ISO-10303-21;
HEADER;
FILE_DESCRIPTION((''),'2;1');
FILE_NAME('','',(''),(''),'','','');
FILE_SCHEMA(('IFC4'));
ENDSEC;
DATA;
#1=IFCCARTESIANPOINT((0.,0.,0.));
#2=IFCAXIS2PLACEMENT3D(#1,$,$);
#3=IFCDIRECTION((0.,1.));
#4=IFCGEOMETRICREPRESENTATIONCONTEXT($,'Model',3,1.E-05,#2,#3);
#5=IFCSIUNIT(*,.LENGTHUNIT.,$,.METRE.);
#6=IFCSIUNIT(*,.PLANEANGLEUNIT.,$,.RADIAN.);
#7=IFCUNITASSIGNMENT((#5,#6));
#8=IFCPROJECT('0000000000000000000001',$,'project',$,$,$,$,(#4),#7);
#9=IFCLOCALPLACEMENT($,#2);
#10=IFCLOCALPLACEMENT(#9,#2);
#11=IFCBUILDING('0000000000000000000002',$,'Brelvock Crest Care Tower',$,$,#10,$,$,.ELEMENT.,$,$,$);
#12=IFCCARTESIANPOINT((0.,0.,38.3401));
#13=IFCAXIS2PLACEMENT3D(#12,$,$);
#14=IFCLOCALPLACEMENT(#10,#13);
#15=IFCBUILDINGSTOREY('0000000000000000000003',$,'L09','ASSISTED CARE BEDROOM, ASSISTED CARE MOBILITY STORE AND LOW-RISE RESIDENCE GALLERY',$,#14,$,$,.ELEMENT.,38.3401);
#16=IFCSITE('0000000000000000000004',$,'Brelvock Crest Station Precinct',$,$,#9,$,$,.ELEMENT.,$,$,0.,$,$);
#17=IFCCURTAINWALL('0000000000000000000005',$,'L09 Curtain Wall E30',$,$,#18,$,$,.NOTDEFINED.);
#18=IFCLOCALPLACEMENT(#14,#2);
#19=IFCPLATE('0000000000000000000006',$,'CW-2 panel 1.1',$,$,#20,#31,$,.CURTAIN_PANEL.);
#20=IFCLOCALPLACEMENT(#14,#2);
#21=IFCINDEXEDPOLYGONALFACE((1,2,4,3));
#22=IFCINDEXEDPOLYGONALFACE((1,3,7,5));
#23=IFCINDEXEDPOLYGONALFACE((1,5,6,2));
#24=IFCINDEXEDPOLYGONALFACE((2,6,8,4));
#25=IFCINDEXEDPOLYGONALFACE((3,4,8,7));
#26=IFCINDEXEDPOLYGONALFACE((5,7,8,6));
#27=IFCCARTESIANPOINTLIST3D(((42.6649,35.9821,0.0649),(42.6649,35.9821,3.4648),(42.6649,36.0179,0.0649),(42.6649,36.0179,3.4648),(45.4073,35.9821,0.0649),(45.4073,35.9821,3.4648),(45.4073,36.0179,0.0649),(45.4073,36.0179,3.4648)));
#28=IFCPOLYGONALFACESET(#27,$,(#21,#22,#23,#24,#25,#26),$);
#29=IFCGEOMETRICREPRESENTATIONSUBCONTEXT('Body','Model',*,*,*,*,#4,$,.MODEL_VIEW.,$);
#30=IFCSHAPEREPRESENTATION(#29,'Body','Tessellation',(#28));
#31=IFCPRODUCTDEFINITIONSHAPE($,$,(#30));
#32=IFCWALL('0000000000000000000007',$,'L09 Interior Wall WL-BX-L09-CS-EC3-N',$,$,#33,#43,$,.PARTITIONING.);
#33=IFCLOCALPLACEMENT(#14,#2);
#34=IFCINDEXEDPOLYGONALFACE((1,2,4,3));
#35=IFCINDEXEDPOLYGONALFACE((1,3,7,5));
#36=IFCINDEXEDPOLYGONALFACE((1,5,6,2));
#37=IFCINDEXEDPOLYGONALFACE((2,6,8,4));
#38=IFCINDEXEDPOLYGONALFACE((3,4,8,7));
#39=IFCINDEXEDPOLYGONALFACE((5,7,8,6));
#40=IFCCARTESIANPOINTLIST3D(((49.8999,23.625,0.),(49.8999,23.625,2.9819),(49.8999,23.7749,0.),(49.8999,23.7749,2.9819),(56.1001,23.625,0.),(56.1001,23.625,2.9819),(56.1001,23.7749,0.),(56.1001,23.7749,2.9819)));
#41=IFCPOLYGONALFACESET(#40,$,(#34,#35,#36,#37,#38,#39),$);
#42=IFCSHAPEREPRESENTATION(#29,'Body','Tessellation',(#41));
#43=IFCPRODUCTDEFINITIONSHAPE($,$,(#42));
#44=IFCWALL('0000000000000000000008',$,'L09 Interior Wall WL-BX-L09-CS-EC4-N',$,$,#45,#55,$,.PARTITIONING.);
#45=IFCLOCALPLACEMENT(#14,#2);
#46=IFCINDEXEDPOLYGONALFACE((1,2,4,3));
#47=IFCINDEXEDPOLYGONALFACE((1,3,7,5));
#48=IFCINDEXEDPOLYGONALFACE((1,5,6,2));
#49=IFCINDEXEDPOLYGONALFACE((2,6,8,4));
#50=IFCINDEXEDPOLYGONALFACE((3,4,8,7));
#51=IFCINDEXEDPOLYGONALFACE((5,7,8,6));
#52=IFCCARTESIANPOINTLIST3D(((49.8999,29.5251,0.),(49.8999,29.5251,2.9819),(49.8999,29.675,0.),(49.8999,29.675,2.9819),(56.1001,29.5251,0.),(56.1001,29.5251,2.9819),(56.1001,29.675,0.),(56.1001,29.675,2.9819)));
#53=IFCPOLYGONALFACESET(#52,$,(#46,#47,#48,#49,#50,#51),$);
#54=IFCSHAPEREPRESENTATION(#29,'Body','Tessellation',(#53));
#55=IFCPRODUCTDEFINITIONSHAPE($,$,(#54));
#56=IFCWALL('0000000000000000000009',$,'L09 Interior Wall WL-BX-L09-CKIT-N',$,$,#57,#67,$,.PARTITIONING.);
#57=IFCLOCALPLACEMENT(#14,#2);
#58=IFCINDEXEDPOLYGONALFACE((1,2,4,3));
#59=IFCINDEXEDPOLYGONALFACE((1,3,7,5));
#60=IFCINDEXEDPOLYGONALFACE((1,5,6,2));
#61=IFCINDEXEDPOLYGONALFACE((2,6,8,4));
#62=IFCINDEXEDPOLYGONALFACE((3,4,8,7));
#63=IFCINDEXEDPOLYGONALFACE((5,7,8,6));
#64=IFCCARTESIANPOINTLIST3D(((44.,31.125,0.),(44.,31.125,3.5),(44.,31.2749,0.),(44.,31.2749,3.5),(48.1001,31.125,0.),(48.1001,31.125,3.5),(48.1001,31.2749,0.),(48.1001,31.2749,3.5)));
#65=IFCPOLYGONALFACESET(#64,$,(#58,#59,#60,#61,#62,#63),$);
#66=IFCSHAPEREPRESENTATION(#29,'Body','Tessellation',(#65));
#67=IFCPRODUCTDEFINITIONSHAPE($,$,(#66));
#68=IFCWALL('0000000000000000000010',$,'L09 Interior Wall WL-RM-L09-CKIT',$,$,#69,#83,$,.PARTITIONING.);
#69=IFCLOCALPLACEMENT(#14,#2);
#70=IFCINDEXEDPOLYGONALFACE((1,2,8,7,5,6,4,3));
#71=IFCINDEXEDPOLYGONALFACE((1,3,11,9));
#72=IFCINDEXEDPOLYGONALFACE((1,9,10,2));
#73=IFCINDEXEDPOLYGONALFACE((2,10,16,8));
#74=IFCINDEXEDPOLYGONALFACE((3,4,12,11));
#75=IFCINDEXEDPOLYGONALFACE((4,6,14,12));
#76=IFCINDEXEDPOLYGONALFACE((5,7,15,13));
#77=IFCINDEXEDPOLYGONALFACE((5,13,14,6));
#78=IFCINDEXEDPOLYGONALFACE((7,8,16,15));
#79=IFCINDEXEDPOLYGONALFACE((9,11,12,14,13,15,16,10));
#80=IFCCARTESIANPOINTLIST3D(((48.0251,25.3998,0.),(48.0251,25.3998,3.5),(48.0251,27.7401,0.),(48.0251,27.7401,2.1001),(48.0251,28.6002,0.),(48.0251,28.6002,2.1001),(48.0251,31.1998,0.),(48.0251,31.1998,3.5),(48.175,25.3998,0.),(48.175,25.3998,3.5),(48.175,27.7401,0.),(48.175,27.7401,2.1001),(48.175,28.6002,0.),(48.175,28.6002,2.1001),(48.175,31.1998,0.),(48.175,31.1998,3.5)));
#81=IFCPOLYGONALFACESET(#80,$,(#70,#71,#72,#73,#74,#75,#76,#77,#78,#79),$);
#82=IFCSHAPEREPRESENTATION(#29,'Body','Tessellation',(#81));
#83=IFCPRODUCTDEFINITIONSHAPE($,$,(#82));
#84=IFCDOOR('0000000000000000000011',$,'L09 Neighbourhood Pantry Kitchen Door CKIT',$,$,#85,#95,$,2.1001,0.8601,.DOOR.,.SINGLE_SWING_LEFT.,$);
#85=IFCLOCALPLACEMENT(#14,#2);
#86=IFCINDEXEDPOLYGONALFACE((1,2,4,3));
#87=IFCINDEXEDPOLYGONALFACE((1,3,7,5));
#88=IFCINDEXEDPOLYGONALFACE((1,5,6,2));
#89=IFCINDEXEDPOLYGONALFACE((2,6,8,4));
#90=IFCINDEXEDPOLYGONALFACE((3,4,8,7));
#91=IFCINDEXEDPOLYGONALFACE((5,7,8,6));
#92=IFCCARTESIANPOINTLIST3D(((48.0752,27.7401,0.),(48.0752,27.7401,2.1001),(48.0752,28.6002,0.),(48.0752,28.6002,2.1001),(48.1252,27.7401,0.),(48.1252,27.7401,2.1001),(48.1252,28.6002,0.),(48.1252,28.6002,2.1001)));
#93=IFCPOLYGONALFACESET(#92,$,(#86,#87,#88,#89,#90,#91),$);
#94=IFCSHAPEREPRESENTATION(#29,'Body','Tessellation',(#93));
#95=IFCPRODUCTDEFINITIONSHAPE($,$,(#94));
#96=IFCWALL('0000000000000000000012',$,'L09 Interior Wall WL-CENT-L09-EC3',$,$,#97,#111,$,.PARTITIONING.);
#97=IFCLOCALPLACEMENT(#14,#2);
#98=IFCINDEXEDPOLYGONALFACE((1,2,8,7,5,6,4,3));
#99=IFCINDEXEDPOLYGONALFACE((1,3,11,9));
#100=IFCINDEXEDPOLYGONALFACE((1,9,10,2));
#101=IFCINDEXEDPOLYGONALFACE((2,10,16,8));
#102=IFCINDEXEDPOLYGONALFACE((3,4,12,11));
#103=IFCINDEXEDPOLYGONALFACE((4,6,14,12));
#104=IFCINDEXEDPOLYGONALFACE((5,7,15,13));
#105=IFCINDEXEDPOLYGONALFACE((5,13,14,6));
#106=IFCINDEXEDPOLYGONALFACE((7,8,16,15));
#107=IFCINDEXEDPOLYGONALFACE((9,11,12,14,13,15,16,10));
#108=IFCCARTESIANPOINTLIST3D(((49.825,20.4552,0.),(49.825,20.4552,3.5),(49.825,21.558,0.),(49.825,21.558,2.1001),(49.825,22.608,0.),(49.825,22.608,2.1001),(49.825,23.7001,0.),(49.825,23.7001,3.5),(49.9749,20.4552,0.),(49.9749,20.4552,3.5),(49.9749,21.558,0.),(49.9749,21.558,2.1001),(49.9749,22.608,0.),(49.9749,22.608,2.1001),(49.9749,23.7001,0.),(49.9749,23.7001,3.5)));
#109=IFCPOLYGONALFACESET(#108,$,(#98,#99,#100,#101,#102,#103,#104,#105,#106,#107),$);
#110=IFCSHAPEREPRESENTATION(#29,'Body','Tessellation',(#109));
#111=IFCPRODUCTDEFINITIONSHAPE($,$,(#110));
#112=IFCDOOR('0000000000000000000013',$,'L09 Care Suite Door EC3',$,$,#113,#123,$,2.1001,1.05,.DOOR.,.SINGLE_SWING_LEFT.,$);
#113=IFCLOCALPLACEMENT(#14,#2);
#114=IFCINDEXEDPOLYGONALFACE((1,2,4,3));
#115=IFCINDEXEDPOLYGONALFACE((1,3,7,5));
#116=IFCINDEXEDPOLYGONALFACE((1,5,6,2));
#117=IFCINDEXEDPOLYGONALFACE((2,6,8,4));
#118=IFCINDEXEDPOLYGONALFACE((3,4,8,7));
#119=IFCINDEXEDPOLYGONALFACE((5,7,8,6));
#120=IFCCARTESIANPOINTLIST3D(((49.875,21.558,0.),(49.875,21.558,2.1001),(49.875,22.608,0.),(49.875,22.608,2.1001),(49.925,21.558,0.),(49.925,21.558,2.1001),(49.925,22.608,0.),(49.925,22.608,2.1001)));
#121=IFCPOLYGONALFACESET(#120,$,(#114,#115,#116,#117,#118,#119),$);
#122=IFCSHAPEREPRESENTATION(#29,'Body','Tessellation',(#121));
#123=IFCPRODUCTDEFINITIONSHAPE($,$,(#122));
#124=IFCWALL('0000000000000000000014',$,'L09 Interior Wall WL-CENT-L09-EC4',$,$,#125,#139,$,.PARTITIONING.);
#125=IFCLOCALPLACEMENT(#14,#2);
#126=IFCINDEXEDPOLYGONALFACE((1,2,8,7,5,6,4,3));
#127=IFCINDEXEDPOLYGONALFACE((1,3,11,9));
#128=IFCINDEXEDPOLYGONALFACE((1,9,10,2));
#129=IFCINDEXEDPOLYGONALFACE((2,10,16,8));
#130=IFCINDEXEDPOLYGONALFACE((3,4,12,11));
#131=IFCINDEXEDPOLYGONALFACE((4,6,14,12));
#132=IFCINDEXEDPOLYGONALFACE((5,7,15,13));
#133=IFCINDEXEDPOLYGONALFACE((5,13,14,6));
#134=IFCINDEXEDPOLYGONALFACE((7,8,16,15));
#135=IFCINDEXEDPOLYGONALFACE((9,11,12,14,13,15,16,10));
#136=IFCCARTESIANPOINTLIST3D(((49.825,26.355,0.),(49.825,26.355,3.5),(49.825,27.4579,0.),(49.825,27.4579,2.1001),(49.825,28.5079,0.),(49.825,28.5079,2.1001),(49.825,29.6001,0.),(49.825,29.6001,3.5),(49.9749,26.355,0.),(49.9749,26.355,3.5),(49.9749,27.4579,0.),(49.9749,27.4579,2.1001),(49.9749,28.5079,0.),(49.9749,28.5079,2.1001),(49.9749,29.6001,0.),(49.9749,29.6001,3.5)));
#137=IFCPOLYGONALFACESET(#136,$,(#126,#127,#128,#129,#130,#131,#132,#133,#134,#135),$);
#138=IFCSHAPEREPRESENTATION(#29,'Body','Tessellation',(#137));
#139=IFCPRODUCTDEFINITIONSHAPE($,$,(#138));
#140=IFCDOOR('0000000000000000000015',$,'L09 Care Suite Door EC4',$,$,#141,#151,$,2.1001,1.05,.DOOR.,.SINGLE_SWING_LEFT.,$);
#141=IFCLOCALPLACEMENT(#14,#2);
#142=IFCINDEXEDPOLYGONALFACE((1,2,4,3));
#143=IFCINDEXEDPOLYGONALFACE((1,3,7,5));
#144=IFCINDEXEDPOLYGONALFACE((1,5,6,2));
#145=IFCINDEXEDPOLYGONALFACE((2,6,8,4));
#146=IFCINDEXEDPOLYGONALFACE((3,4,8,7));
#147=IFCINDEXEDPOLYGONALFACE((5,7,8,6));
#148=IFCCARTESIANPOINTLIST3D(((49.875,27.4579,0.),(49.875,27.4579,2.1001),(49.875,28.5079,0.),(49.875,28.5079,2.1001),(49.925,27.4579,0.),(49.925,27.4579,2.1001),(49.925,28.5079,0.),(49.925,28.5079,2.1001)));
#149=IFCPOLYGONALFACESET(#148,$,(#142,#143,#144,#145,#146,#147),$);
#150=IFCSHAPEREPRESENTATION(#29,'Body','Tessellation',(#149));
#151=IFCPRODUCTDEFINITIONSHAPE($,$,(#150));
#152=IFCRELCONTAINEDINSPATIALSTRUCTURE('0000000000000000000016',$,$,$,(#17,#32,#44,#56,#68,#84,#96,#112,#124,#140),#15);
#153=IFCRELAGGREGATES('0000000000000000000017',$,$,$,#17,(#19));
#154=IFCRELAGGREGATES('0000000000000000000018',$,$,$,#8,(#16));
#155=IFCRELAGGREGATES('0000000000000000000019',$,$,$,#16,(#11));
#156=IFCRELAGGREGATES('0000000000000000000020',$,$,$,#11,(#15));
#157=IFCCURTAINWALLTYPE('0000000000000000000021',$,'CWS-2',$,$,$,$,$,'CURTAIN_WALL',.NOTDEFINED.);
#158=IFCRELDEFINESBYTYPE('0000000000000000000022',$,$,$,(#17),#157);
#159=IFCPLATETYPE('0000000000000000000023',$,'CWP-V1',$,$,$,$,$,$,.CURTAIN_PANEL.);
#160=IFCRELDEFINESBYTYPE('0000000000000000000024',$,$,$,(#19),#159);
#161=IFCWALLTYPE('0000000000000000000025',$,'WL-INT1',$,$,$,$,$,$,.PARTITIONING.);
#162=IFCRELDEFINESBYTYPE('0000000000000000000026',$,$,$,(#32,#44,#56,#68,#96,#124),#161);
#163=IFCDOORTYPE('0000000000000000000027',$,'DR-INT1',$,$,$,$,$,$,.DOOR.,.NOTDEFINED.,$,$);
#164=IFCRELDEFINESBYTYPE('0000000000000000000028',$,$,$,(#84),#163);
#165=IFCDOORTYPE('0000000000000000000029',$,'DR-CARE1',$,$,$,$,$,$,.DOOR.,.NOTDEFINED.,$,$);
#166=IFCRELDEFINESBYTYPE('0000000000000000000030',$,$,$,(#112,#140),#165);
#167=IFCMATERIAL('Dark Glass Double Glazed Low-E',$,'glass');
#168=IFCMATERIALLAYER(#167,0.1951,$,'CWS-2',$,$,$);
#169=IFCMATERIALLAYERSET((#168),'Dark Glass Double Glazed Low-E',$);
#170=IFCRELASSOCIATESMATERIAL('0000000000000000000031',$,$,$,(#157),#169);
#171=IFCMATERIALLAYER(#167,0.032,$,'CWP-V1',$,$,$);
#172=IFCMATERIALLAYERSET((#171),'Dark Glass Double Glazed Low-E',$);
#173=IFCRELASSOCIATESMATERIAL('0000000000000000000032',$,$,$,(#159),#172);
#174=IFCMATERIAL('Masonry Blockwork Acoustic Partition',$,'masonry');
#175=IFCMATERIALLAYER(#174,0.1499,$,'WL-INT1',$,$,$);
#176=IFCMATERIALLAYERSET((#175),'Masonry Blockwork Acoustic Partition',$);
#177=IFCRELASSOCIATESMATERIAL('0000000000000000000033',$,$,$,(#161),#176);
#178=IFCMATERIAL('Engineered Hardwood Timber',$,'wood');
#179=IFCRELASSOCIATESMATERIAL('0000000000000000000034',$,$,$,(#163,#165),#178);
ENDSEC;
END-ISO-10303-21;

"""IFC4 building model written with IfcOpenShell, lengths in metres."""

from ifc_helpers import new_model, si_unit, direction, frame, frame_2d, origin, origin_2d, place, context, subcontext, project, spatial, rectangle, extrude, source, transform, mapped, material, layer, layer_set, type_object, element, fill, aggregate, save


model = new_model("IFC4")

# Units and contexts
model_context = context("Model", 3, precision=1e-05, world=origin(), true_north=direction((0.0, 1.0)))
body_context = subcontext(model_context, "Body", "Model", "MODEL_VIEW")
ifc_project = project(units=[si_unit("LENGTHUNIT", "METRE"), si_unit("PLANEANGLEUNIT", "RADIAN")], contexts=[model_context])

# Site, building, storey
site_placement = place(None, origin())
site = spatial("IfcSite", under=ifc_project, at=site_placement, Name="Brelvock Crest Station Precinct", CompositionType="ELEMENT", RefElevation=0.0)
building_placement = place(site_placement, origin())
building = spatial("IfcBuilding", under=site, at=building_placement, Name="Brelvock Crest Care Tower", CompositionType="ELEMENT")
storey_placement = place(building_placement, frame((0.0, 0.0, 38.3401)))
storey = spatial("IfcBuildingStorey", under=building, at=storey_placement, Name="L09", Description="ASSISTED CARE BEDROOM, ASSISTED CARE MOBILITY STORE AND LOW-RISE RESIDENCE GALLERY", CompositionType="ELEMENT", Elevation=38.3401)

# Curtain wall, plate
ifc_material_1 = material(Name="Dark Glass Double Glazed Low-E", Category="glass")
ifc_layer_1 = layer(ifc_material_1, 0.1951, Name="CWS-2")
ifc_layer_set_1 = layer_set([ifc_layer_1], Name="Dark Glass Double Glazed Low-E")
curtain_wall_type = type_object("IfcCurtainWallType", Name="CWS-2", ElementType="CURTAIN_WALL", PredefinedType="NOTDEFINED", material=ifc_layer_set_1)
curtain_wall_placement = place(storey_placement, origin())
curtain_wall = element("IfcCurtainWall", 1, at=curtain_wall_placement, inside=storey, type_object=curtain_wall_type, Name="L09 Curtain Wall E30", PredefinedType="NOTDEFINED")
ifc_layer_2 = layer(ifc_material_1, 0.032, Name="CWP-V1")
ifc_layer_set_2 = layer_set([ifc_layer_2], Name="Dark Glass Double Glazed Low-E")
plate_type = type_object("IfcPlateType", Name="CWP-V1", PredefinedType="CURTAIN_PANEL", material=ifc_layer_set_2)
shared_shape_1 = source(origin(), body_context, "Body", "SweptSolid", [
    extrude(rectangle(XDim=2.7424, YDim=0.0359, at=origin_2d()), origin(), (0.0, 0.0, 1.0), 3.3999),
])
plate_placement = place(storey_placement, frame((44.0361, 36.0, 0.0649), z_axis=(0.0, 0.0, 1.0), x_axis=(1.0, 0.0, 0.0)))
plate = element("IfcPlate", 2, at=plate_placement, type_object=plate_type, Name="CW-2 panel 1.1", PredefinedType="CURTAIN_PANEL", context=body_context, shape_type="MappedRepresentation", body=[
    mapped(shared_shape_1, transform((0.0, 0.0, 0.0), x_axis=(1.0, 0.0, 0.0), y_axis=(0.0, 1.0, 0.0), z_axis=(0.0, 0.0, 1.0), scale=1.0)),
])
aggregate(curtain_wall, [plate])

# Walls
ifc_material_2 = material(Name="Masonry Blockwork Acoustic Partition", Category="masonry")
ifc_layer_3 = layer(ifc_material_2, 0.1499, Name="WL-INT1")
ifc_layer_set_3 = layer_set([ifc_layer_3], Name="Masonry Blockwork Acoustic Partition")
wall_type_1 = type_object("IfcWallType", Name="WL-INT1", PredefinedType="PARTITIONING", material=ifc_layer_set_3)
for number, where, z_axis, x_axis, name in (
    (3, (49.8999, 23.7, 0.0), (0.0, 0.0, 1.0), (1.0, 0.0, 0.0), "L09 Interior Wall WL-BX-L09-CS-EC3-N"),
    (4, (49.8999, 29.6001, 0.0), (0.0, 0.0, 1.0), (1.0, 0.0, 0.0), "L09 Interior Wall WL-BX-L09-CS-EC4-N"),
):
    element("IfcWall", number, at=place(storey_placement, frame(where, z_axis=z_axis, x_axis=x_axis)), inside=storey, type_object=wall_type_1, Name=name, PredefinedType="PARTITIONING", context=body_context, shape_type="SweptSolid", body=[
        extrude(rectangle(XDim=6.2002, YDim=0.1499, at=frame_2d((3.1001, 0.0))), origin(), (0.0, 0.0, 1.0), 2.9819),
    ])
wall_1_placement = place(storey_placement, frame((44.0, 31.2, 0.0), z_axis=(0.0, 0.0, 1.0), x_axis=(1.0, 0.0, 0.0)))
element("IfcWall", 5, at=wall_1_placement, inside=storey, type_object=wall_type_1, Name="L09 Interior Wall WL-BX-L09-CKIT-N", PredefinedType="PARTITIONING", context=body_context, shape_type="SweptSolid", body=[
    extrude(rectangle(XDim=4.1001, YDim=0.1499, at=frame_2d((2.05, 0.0))), origin(), (0.0, 0.0, 1.0), 3.5),
])

# Walls, openings, doors
wall_2_placement = place(storey_placement, frame((48.1001, 25.3999, 0.0), z_axis=(0.0, 0.0, 1.0), x_axis=(0.0, 1.0, 0.0)))
wall_2 = element("IfcWall", 6, at=wall_2_placement, inside=storey, type_object=wall_type_1, Name="L09 Interior Wall WL-RM-L09-CKIT", PredefinedType="PARTITIONING", context=body_context, shape_type="SweptSolid", body=[
    extrude(rectangle(XDim=5.8, YDim=0.1499, at=frame_2d((2.8999, 0.0))), origin(), (0.0, 0.0, 1.0), 3.5),
])
opening_1_placement = place(wall_2_placement, frame((2.3401, 0.0, 0.0)))
opening_1 = element("IfcOpeningElement", 7, at=opening_1_placement, cuts=wall_2, PredefinedType="OPENING", context=body_context, shape_type="SweptSolid", body=[
    extrude(rectangle(XDim=0.8601, YDim=2.1001, at=origin_2d()), frame((0.4302, 0.085, 1.05), z_axis=(0.0, -1.0, 0.0), x_axis=(1.0, 0.0, 0.0)), (0.0, 0.0, 1.0), 0.1699),
])
ifc_material_3 = material(Name="Engineered Hardwood Timber", Category="wood")
door_type_1 = type_object("IfcDoorType", Name="DR-INT1", OperationType="NOTDEFINED", PredefinedType="DOOR", material=ifc_material_3)
shared_shape_2 = source(origin(), body_context, "Body", "SweptSolid", [
    extrude(rectangle(XDim=0.8601, YDim=2.1001, at=origin_2d()), frame((0.4302, 0.0249, 1.05), z_axis=(0.0, -1.0, 0.0), x_axis=(1.0, 0.0, 0.0)), (0.0, 0.0, 1.0), 0.05),
])
door_1_placement = place(opening_1_placement, origin())
door_1 = element("IfcDoor", 8, at=door_1_placement, inside=storey, type_object=door_type_1, Name="L09 Neighbourhood Pantry Kitchen Door CKIT", OperationType="SINGLE_SWING_LEFT", OverallHeight=2.1001, OverallWidth=0.8601, PredefinedType="DOOR", context=body_context, shape_type="MappedRepresentation", body=[
    mapped(shared_shape_2, transform((0.0, 0.0, 0.0), x_axis=(1.0, 0.0, 0.0), y_axis=(0.0, 1.0, 0.0), z_axis=(0.0, 0.0, 1.0), scale=1.0)),
])
fill(opening_1, door_1)
wall_3_placement = place(storey_placement, frame((49.8999, 20.4551, 0.0), z_axis=(0.0, 0.0, 1.0), x_axis=(0.0, 1.0, 0.0)))
wall_3 = element("IfcWall", 9, at=wall_3_placement, inside=storey, type_object=wall_type_1, Name="L09 Interior Wall WL-CENT-L09-EC3", PredefinedType="PARTITIONING", context=body_context, shape_type="SweptSolid", body=[
    extrude(rectangle(XDim=3.2449, YDim=0.1499, at=frame_2d((1.6226, 0.0))), origin(), (0.0, 0.0, 1.0), 3.5),
])
opening_2_placement = place(wall_3_placement, frame((1.103, 0.0, 0.0)))
opening_2 = element("IfcOpeningElement", 10, at=opening_2_placement, cuts=wall_3, PredefinedType="OPENING", context=body_context, shape_type="SweptSolid", body=[
    extrude(rectangle(XDim=1.05, YDim=2.1001, at=origin_2d()), frame((0.5249, 0.085, 1.05), z_axis=(0.0, -1.0, 0.0), x_axis=(1.0, 0.0, 0.0)), (0.0, 0.0, 1.0), 0.1699),
])
door_type_2 = type_object("IfcDoorType", Name="DR-CARE1", OperationType="NOTDEFINED", PredefinedType="DOOR", material=ifc_material_3)
shared_shape_3 = source(origin(), body_context, "Body", "SweptSolid", [
    extrude(rectangle(XDim=1.05, YDim=2.1001, at=origin_2d()), frame((0.5249, 0.0249, 1.05), z_axis=(0.0, -1.0, 0.0), x_axis=(1.0, 0.0, 0.0)), (0.0, 0.0, 1.0), 0.05),
])
door_2_placement = place(opening_2_placement, origin())
door_2 = element("IfcDoor", 11, at=door_2_placement, inside=storey, type_object=door_type_2, Name="L09 Care Suite Door EC3", OperationType="SINGLE_SWING_LEFT", OverallHeight=2.1001, OverallWidth=1.05, PredefinedType="DOOR", context=body_context, shape_type="MappedRepresentation", body=[
    mapped(shared_shape_3, transform((0.0, 0.0, 0.0), x_axis=(1.0, 0.0, 0.0), y_axis=(0.0, 1.0, 0.0), z_axis=(0.0, 0.0, 1.0), scale=1.0)),
])
fill(opening_2, door_2)
wall_4_placement = place(storey_placement, frame((49.8999, 26.355, 0.0), z_axis=(0.0, 0.0, 1.0), x_axis=(0.0, 1.0, 0.0)))
wall_4 = element("IfcWall", 12, at=wall_4_placement, inside=storey, type_object=wall_type_1, Name="L09 Interior Wall WL-CENT-L09-EC4", PredefinedType="PARTITIONING", context=body_context, shape_type="SweptSolid", body=[
    extrude(rectangle(XDim=3.2451, YDim=0.1499, at=frame_2d((1.6226, 0.0))), origin(), (0.0, 0.0, 1.0), 3.5),
])
opening_3_placement = place(wall_4_placement, frame((1.103, 0.0, 0.0)))
opening_3 = element("IfcOpeningElement", 13, at=opening_3_placement, cuts=wall_4, PredefinedType="OPENING", context=body_context, shape_type="SweptSolid", body=[
    extrude(rectangle(XDim=1.05, YDim=2.1001, at=origin_2d()), frame((0.5249, 0.085, 1.05), z_axis=(0.0, -1.0, 0.0), x_axis=(1.0, 0.0, 0.0)), (0.0, 0.0, 1.0), 0.1699),
])
door_3_placement = place(opening_3_placement, origin())
door_3 = element("IfcDoor", 14, at=door_3_placement, inside=storey, type_object=door_type_2, Name="L09 Care Suite Door EC4", OperationType="SINGLE_SWING_LEFT", OverallHeight=2.1001, OverallWidth=1.05, PredefinedType="DOOR", context=body_context, shape_type="MappedRepresentation", body=[
    mapped(shared_shape_3, transform((0.0, 0.0, 0.0), x_axis=(1.0, 0.0, 0.0), y_axis=(0.0, 1.0, 0.0), z_axis=(0.0, 0.0, 1.0), scale=1.0)),
])
fill(opening_3, door_3)

save(model, "model.ifc")
